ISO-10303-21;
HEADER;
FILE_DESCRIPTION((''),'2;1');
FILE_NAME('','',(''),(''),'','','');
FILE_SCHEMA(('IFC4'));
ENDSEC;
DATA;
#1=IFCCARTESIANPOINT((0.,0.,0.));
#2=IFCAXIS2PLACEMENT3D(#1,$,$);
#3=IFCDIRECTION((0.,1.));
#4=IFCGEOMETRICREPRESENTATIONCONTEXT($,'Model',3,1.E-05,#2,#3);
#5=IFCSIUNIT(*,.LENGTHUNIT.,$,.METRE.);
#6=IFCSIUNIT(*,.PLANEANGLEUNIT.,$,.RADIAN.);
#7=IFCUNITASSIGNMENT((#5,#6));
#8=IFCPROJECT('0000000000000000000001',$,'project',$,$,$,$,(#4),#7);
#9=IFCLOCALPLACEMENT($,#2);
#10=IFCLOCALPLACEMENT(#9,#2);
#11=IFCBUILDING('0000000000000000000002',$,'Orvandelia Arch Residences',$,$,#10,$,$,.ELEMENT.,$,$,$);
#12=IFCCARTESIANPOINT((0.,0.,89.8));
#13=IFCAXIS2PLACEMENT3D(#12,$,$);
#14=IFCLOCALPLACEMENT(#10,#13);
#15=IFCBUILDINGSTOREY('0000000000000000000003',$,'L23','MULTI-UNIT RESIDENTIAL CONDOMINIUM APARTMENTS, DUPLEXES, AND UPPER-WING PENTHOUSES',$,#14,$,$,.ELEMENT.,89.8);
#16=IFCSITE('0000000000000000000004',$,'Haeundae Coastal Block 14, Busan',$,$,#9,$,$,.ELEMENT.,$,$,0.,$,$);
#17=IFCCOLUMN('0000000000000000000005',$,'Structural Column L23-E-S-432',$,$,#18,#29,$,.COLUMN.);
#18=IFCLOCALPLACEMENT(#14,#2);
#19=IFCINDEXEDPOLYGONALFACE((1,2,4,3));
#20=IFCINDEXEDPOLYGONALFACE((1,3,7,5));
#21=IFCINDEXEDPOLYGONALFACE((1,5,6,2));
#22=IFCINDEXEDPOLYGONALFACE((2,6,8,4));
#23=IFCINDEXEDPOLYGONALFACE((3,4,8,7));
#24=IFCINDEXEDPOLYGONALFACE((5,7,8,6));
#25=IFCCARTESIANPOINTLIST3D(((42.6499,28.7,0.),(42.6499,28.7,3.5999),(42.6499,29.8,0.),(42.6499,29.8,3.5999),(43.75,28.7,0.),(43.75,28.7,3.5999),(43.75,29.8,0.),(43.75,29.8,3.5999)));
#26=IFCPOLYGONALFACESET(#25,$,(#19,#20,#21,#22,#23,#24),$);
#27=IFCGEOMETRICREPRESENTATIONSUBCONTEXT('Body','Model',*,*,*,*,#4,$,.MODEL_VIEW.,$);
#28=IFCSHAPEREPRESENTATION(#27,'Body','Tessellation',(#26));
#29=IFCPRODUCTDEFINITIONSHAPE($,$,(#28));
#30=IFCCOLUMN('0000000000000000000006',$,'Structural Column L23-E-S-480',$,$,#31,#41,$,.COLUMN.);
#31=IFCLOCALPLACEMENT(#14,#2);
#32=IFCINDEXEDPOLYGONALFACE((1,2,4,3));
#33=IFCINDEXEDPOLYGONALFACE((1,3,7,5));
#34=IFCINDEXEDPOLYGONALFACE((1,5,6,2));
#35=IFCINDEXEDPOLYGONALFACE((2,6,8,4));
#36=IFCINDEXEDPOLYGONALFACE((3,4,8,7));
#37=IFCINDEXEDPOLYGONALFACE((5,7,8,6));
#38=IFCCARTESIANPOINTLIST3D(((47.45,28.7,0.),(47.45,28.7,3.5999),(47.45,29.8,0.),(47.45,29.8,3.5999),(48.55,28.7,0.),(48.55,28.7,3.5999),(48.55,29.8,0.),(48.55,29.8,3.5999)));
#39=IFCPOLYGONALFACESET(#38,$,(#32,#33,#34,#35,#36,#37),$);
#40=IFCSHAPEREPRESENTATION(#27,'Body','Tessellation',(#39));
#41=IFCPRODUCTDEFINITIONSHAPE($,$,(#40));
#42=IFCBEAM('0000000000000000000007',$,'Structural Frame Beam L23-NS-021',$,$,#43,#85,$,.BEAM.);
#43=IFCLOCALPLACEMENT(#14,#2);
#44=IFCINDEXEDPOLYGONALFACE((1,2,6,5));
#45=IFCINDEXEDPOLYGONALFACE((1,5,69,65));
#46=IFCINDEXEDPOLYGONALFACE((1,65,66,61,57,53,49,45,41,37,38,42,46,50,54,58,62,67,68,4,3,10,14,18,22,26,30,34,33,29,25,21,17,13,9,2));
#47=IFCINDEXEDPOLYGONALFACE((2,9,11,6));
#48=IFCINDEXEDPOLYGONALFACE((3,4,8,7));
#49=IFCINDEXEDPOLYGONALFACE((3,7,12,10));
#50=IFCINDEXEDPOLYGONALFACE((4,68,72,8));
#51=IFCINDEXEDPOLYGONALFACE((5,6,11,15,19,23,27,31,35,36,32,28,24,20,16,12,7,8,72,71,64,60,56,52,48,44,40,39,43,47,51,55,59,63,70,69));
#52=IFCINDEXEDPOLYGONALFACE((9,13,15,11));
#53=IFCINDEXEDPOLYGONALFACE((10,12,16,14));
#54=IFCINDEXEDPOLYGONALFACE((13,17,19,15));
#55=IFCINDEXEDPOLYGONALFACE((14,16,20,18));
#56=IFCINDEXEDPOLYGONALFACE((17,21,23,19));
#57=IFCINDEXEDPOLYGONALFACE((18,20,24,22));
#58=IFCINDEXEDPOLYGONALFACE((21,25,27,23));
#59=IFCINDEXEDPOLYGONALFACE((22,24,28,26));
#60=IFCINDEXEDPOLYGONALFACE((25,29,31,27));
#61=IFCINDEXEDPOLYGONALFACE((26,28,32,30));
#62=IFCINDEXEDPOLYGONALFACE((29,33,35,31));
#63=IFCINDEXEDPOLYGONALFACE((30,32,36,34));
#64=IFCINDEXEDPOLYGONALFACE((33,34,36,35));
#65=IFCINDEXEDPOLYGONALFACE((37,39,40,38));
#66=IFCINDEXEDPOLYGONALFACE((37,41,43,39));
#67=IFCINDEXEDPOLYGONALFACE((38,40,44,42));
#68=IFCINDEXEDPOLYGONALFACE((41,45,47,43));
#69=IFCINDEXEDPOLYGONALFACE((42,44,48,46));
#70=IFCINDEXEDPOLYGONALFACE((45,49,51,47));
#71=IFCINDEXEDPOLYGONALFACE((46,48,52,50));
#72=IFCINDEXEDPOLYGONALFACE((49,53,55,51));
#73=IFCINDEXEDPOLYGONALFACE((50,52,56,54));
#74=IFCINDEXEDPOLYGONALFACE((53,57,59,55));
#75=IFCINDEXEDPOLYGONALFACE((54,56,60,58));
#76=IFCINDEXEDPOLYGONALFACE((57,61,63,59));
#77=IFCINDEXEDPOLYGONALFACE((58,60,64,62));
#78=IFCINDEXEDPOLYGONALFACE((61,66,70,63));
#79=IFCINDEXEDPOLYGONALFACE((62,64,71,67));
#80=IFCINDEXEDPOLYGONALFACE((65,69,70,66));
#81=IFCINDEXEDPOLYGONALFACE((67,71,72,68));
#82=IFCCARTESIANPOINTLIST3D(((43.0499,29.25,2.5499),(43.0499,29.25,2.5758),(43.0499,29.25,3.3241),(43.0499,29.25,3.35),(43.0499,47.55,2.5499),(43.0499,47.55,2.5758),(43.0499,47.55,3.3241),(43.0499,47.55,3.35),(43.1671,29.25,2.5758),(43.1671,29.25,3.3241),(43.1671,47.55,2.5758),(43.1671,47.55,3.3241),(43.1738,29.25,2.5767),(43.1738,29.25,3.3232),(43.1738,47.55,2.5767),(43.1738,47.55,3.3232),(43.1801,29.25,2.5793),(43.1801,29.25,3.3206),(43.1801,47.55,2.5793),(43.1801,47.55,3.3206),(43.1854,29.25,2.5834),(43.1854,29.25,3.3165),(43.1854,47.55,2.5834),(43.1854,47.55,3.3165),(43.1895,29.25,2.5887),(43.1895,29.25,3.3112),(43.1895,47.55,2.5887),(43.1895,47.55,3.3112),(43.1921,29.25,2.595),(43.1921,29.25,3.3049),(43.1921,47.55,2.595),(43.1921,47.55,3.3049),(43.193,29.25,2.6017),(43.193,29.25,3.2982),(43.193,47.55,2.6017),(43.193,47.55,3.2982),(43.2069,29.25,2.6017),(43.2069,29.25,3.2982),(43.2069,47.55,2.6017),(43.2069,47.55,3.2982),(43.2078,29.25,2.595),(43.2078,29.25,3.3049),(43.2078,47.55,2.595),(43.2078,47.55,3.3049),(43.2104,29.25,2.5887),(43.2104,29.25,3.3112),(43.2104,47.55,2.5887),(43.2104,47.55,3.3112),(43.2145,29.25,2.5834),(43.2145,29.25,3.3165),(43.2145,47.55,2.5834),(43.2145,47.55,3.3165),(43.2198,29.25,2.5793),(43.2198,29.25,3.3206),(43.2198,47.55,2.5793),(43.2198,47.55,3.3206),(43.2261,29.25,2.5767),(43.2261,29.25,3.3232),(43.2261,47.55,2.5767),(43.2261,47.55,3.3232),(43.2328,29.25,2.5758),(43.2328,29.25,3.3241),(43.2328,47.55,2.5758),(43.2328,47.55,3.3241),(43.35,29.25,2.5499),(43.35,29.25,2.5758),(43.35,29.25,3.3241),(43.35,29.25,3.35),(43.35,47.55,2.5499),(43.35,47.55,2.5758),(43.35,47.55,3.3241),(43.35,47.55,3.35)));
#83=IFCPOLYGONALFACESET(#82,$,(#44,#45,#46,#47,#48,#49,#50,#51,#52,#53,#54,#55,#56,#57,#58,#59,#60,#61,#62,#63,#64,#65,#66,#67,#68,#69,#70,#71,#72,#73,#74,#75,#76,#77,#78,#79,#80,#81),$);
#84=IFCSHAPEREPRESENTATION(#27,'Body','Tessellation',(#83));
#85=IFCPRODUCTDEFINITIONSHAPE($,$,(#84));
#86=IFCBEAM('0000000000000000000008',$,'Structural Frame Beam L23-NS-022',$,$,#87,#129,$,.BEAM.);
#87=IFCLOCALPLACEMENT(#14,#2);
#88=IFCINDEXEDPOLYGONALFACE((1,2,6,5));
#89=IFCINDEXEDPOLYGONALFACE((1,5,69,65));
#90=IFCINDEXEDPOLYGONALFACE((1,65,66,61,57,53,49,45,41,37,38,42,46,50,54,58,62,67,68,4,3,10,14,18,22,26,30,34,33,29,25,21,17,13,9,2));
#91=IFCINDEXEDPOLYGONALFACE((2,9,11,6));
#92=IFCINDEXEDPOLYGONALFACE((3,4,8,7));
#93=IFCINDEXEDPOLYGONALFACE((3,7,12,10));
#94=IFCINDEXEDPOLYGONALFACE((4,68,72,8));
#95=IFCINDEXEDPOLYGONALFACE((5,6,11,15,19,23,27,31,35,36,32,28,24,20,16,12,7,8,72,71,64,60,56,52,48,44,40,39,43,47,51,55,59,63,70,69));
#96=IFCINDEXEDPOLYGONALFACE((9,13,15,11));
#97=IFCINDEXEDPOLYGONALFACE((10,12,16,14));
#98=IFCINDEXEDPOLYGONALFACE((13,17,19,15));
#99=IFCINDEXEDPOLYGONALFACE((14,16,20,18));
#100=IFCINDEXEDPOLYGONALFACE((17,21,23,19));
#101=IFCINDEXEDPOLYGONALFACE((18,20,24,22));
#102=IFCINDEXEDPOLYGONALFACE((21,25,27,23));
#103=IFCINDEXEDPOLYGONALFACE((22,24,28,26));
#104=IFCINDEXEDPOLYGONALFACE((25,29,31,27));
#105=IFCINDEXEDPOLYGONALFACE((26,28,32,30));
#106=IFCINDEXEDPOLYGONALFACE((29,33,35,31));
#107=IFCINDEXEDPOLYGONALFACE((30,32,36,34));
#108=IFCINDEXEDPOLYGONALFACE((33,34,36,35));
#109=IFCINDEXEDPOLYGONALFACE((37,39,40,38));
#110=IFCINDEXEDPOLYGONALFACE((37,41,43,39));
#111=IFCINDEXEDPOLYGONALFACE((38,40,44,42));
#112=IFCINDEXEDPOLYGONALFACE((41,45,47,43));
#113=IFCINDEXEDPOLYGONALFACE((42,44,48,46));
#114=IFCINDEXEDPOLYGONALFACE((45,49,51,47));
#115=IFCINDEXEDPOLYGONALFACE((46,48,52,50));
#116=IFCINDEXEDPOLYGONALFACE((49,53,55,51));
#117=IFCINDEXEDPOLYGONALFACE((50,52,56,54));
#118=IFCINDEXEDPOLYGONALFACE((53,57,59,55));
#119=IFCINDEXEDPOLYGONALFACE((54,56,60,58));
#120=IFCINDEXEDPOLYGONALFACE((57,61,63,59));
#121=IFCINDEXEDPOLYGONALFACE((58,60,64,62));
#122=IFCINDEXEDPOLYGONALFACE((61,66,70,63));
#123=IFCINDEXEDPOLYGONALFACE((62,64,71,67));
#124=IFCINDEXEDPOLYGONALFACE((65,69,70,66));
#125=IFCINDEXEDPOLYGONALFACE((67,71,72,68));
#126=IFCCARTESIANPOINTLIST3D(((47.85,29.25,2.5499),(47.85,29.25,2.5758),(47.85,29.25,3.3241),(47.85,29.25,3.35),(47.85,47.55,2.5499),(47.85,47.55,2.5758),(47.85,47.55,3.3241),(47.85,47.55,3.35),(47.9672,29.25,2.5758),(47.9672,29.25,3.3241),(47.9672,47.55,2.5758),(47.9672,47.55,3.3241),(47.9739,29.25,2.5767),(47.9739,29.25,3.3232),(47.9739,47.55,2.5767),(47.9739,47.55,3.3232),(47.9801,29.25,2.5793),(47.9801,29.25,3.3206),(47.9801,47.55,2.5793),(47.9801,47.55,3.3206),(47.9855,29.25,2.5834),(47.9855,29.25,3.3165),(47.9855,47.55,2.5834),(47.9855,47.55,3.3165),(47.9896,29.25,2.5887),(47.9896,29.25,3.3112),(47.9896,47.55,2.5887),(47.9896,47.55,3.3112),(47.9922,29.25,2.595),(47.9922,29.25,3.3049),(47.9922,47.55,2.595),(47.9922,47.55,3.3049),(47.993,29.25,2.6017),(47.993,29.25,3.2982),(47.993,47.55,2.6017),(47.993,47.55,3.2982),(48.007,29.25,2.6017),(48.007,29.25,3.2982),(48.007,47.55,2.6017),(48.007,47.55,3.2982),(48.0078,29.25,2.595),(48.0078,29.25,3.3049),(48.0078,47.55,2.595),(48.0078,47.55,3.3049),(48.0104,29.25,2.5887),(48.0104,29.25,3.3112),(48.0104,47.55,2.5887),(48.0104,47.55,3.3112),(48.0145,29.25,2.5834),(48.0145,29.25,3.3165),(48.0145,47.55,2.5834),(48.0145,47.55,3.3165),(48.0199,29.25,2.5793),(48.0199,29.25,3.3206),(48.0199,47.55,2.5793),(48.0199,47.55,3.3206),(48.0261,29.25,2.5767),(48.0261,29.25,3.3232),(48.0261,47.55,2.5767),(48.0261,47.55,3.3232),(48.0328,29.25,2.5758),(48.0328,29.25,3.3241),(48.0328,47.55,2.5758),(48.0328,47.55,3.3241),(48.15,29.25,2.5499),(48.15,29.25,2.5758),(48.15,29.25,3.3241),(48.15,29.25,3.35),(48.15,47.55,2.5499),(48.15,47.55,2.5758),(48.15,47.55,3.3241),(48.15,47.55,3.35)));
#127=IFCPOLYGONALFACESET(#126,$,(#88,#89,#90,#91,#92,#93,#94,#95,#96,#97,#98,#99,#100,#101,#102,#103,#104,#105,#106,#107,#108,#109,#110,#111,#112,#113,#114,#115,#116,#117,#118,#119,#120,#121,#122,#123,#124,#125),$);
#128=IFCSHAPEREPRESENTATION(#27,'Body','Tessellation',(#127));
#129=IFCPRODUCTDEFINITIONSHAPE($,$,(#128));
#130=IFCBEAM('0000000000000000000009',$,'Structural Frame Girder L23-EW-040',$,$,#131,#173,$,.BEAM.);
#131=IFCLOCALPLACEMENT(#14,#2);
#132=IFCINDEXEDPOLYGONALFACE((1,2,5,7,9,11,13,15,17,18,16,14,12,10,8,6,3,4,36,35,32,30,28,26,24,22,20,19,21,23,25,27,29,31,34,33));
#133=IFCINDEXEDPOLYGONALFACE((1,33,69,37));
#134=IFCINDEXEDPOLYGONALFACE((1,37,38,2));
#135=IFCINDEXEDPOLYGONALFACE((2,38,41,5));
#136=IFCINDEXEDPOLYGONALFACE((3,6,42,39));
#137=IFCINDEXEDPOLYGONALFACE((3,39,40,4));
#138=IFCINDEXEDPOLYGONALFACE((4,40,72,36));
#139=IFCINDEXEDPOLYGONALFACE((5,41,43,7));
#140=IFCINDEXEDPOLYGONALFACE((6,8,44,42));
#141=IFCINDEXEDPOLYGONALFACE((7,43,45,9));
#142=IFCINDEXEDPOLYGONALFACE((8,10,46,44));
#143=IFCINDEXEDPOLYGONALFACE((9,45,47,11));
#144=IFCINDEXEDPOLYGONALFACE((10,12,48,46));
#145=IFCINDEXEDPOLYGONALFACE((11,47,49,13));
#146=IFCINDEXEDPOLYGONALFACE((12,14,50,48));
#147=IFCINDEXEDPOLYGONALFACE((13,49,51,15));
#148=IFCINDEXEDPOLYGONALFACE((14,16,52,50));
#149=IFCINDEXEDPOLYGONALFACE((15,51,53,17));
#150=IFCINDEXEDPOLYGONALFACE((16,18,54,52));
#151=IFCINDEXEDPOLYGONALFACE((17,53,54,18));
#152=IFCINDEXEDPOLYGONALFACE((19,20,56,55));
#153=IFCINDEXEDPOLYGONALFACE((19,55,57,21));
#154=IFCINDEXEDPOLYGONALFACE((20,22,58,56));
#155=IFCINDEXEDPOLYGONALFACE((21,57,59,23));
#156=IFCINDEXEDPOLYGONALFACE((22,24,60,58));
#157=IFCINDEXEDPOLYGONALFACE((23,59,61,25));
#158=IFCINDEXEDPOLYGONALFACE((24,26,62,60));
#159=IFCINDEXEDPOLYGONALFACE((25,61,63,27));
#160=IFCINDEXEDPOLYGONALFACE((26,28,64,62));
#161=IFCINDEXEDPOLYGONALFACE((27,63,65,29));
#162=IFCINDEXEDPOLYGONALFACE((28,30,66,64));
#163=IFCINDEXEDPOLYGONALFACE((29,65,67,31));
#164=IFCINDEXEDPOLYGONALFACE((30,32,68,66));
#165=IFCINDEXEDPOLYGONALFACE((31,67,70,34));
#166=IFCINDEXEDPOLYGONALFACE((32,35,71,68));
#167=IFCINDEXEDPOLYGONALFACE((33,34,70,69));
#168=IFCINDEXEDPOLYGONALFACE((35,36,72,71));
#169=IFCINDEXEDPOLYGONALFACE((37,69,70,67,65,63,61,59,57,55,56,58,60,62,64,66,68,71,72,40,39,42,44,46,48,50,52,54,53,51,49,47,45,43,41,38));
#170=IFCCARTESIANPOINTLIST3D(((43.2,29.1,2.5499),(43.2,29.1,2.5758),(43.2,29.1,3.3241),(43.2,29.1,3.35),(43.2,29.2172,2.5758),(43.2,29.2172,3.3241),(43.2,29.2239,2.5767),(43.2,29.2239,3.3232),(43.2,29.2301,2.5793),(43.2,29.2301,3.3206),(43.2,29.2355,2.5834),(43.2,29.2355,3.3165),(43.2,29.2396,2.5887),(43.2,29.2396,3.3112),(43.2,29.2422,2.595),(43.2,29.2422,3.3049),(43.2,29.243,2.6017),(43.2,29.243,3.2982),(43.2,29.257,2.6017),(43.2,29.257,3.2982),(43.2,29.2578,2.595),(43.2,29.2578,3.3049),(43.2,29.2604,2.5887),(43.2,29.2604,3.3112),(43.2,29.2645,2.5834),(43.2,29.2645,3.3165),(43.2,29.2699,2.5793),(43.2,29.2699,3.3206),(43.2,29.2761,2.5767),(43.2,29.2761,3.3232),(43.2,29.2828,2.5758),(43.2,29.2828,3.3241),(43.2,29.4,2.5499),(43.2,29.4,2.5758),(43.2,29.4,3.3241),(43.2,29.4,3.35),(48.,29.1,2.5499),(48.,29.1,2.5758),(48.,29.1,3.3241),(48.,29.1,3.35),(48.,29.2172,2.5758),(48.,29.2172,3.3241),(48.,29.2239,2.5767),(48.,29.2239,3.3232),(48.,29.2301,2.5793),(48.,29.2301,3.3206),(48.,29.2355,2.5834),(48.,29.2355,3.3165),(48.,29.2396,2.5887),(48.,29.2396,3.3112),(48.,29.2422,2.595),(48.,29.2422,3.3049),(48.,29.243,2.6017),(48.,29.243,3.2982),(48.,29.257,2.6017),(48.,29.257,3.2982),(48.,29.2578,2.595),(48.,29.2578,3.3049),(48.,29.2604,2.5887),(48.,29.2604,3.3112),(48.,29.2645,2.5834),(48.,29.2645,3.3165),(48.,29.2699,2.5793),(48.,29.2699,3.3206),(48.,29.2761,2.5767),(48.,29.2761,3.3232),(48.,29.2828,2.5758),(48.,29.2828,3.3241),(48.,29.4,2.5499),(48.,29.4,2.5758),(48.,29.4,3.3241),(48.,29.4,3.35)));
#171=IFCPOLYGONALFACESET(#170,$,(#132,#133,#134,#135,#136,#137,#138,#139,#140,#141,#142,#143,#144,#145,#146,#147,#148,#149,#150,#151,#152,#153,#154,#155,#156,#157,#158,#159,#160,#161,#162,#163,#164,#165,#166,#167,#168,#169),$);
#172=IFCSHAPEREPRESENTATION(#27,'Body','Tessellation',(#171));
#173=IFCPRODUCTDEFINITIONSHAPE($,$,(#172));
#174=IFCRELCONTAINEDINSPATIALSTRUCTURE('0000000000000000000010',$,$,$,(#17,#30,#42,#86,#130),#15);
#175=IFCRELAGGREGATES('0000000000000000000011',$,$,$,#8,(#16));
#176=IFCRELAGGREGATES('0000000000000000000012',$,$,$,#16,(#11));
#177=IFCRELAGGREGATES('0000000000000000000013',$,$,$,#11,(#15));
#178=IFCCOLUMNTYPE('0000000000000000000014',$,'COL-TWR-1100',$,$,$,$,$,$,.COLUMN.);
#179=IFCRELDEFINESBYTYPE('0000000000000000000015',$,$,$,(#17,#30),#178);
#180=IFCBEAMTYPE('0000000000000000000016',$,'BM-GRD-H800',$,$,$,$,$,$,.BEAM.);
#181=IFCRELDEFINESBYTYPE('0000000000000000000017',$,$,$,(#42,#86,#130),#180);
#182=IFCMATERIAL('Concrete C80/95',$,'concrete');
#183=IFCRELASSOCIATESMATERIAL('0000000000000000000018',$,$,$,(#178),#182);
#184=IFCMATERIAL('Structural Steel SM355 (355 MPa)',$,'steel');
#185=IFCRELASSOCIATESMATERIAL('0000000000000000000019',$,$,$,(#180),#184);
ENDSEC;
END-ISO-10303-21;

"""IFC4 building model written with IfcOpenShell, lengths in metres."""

from ifc_helpers import new_model, si_unit, direction, frame, origin, origin_2d, place, context, subcontext, project, spatial, rectangle, i_section, extrude, material, material_profile, profile_set, type_object, element, save


model = new_model("IFC4")

# Units and contexts
model_context = context("Model", 3, precision=1e-05, world=origin(), true_north=direction((0.0, 1.0)))
body_context = subcontext(model_context, "Body", "Model", "MODEL_VIEW")
ifc_project = project(units=[si_unit("LENGTHUNIT", "METRE"), si_unit("PLANEANGLEUNIT", "RADIAN")], contexts=[model_context])

# Site, building, storey
site_placement = place(None, origin())
site = spatial("IfcSite", under=ifc_project, at=site_placement, Name="Haeundae Coastal Block 14, Busan", CompositionType="ELEMENT", RefElevation=0.0)
building_placement = place(site_placement, origin())
building = spatial("IfcBuilding", under=site, at=building_placement, Name="Orvandelia Arch Residences", CompositionType="ELEMENT")
storey_placement = place(building_placement, frame((0.0, 0.0, 89.8)))
storey = spatial("IfcBuildingStorey", under=building, at=storey_placement, Name="L23", Description="MULTI-UNIT RESIDENTIAL CONDOMINIUM APARTMENTS, DUPLEXES, AND UPPER-WING PENTHOUSES", CompositionType="ELEMENT", Elevation=89.8)

# Columns
ifc_material_1 = material(Name="Concrete C80/95", Category="concrete")
ifc_material_profile_1 = material_profile(ifc_material_1, rectangle(XDim=1.1001, YDim=1.1001, at=origin_2d()), Name="Concrete C80/95", Category="concrete")
ifc_profile_set_1 = profile_set([ifc_material_profile_1], Name="Concrete C80/95")
column_type = type_object("IfcColumnType", Name="COL-TWR-1100", PredefinedType="COLUMN", material=ifc_profile_set_1)
for number, where, z_axis, x_axis, name in (
    (1, (43.2, 29.25, 0.0), (0.0, 0.0, 1.0), (1.0, 0.0, 0.0), "Structural Column L23-E-S-432"),
    (2, (48.0, 29.25, 0.0), (0.0, 0.0, 1.0), (1.0, 0.0, 0.0), "Structural Column L23-E-S-480"),
):
    element("IfcColumn", number, at=place(storey_placement, frame(where, z_axis=z_axis, x_axis=x_axis)), inside=storey, type_object=column_type, Name=name, PredefinedType="COLUMN", context=body_context, shape_type="SweptSolid", body=[
        extrude(rectangle(XDim=1.1001, YDim=1.1001, at=origin_2d()), origin(), (0.0, 0.0, 1.0), 3.5999),
    ])

# Beams
ifc_material_2 = material(Name="Structural Steel SM355 (355 MPa)", Category="steel")
ifc_material_profile_2 = material_profile(ifc_material_2, i_section(OverallWidth=0.3, OverallDepth=0.8, WebThickness=0.0139, FlangeThickness=0.0259, FilletRadius=0.0259, at=origin_2d()), Name="Structural Steel SM355 (355 MPa)", Category="steel")
ifc_profile_set_2 = profile_set([ifc_material_profile_2], Name="Structural Steel SM355 (355 MPa)")
beam_type = type_object("IfcBeamType", Name="BM-GRD-H800", PredefinedType="BEAM", material=ifc_profile_set_2)
for number, where, z_axis, x_axis, name in (
    (3, (43.2, 29.25, 2.95), (0.0, 1.0, 0.0), (-1.0, 0.0, 0.0), "Structural Frame Beam L23-NS-021"),
    (4, (48.0, 29.25, 2.95), (0.0, 1.0, 0.0), (-1.0, 0.0, 0.0), "Structural Frame Beam L23-NS-022"),
):
    element("IfcBeam", number, at=place(storey_placement, frame(where, z_axis=z_axis, x_axis=x_axis)), inside=storey, type_object=beam_type, Name=name, PredefinedType="BEAM", context=body_context, shape_type="SweptSolid", body=[
        extrude(i_section(OverallWidth=0.3, OverallDepth=0.8, WebThickness=0.0139, FlangeThickness=0.0259, FilletRadius=0.0259, at=origin_2d()), origin(), (0.0, 0.0, 1.0), 18.3),
    ])
beam_1_placement = place(storey_placement, frame((43.2, 29.25, 2.95), z_axis=(1.0, 0.0, 0.0), x_axis=(0.0, 1.0, 0.0)))
element("IfcBeam", 5, at=beam_1_placement, inside=storey, type_object=beam_type, Name="Structural Frame Girder L23-EW-040", PredefinedType="BEAM", context=body_context, shape_type="SweptSolid", body=[
    extrude(i_section(OverallWidth=0.3, OverallDepth=0.8, WebThickness=0.0139, FlangeThickness=0.0259, FilletRadius=0.0259, at=origin_2d()), origin(), (0.0, 0.0, 1.0), 4.8),
])

save(model, "model.ifc")
